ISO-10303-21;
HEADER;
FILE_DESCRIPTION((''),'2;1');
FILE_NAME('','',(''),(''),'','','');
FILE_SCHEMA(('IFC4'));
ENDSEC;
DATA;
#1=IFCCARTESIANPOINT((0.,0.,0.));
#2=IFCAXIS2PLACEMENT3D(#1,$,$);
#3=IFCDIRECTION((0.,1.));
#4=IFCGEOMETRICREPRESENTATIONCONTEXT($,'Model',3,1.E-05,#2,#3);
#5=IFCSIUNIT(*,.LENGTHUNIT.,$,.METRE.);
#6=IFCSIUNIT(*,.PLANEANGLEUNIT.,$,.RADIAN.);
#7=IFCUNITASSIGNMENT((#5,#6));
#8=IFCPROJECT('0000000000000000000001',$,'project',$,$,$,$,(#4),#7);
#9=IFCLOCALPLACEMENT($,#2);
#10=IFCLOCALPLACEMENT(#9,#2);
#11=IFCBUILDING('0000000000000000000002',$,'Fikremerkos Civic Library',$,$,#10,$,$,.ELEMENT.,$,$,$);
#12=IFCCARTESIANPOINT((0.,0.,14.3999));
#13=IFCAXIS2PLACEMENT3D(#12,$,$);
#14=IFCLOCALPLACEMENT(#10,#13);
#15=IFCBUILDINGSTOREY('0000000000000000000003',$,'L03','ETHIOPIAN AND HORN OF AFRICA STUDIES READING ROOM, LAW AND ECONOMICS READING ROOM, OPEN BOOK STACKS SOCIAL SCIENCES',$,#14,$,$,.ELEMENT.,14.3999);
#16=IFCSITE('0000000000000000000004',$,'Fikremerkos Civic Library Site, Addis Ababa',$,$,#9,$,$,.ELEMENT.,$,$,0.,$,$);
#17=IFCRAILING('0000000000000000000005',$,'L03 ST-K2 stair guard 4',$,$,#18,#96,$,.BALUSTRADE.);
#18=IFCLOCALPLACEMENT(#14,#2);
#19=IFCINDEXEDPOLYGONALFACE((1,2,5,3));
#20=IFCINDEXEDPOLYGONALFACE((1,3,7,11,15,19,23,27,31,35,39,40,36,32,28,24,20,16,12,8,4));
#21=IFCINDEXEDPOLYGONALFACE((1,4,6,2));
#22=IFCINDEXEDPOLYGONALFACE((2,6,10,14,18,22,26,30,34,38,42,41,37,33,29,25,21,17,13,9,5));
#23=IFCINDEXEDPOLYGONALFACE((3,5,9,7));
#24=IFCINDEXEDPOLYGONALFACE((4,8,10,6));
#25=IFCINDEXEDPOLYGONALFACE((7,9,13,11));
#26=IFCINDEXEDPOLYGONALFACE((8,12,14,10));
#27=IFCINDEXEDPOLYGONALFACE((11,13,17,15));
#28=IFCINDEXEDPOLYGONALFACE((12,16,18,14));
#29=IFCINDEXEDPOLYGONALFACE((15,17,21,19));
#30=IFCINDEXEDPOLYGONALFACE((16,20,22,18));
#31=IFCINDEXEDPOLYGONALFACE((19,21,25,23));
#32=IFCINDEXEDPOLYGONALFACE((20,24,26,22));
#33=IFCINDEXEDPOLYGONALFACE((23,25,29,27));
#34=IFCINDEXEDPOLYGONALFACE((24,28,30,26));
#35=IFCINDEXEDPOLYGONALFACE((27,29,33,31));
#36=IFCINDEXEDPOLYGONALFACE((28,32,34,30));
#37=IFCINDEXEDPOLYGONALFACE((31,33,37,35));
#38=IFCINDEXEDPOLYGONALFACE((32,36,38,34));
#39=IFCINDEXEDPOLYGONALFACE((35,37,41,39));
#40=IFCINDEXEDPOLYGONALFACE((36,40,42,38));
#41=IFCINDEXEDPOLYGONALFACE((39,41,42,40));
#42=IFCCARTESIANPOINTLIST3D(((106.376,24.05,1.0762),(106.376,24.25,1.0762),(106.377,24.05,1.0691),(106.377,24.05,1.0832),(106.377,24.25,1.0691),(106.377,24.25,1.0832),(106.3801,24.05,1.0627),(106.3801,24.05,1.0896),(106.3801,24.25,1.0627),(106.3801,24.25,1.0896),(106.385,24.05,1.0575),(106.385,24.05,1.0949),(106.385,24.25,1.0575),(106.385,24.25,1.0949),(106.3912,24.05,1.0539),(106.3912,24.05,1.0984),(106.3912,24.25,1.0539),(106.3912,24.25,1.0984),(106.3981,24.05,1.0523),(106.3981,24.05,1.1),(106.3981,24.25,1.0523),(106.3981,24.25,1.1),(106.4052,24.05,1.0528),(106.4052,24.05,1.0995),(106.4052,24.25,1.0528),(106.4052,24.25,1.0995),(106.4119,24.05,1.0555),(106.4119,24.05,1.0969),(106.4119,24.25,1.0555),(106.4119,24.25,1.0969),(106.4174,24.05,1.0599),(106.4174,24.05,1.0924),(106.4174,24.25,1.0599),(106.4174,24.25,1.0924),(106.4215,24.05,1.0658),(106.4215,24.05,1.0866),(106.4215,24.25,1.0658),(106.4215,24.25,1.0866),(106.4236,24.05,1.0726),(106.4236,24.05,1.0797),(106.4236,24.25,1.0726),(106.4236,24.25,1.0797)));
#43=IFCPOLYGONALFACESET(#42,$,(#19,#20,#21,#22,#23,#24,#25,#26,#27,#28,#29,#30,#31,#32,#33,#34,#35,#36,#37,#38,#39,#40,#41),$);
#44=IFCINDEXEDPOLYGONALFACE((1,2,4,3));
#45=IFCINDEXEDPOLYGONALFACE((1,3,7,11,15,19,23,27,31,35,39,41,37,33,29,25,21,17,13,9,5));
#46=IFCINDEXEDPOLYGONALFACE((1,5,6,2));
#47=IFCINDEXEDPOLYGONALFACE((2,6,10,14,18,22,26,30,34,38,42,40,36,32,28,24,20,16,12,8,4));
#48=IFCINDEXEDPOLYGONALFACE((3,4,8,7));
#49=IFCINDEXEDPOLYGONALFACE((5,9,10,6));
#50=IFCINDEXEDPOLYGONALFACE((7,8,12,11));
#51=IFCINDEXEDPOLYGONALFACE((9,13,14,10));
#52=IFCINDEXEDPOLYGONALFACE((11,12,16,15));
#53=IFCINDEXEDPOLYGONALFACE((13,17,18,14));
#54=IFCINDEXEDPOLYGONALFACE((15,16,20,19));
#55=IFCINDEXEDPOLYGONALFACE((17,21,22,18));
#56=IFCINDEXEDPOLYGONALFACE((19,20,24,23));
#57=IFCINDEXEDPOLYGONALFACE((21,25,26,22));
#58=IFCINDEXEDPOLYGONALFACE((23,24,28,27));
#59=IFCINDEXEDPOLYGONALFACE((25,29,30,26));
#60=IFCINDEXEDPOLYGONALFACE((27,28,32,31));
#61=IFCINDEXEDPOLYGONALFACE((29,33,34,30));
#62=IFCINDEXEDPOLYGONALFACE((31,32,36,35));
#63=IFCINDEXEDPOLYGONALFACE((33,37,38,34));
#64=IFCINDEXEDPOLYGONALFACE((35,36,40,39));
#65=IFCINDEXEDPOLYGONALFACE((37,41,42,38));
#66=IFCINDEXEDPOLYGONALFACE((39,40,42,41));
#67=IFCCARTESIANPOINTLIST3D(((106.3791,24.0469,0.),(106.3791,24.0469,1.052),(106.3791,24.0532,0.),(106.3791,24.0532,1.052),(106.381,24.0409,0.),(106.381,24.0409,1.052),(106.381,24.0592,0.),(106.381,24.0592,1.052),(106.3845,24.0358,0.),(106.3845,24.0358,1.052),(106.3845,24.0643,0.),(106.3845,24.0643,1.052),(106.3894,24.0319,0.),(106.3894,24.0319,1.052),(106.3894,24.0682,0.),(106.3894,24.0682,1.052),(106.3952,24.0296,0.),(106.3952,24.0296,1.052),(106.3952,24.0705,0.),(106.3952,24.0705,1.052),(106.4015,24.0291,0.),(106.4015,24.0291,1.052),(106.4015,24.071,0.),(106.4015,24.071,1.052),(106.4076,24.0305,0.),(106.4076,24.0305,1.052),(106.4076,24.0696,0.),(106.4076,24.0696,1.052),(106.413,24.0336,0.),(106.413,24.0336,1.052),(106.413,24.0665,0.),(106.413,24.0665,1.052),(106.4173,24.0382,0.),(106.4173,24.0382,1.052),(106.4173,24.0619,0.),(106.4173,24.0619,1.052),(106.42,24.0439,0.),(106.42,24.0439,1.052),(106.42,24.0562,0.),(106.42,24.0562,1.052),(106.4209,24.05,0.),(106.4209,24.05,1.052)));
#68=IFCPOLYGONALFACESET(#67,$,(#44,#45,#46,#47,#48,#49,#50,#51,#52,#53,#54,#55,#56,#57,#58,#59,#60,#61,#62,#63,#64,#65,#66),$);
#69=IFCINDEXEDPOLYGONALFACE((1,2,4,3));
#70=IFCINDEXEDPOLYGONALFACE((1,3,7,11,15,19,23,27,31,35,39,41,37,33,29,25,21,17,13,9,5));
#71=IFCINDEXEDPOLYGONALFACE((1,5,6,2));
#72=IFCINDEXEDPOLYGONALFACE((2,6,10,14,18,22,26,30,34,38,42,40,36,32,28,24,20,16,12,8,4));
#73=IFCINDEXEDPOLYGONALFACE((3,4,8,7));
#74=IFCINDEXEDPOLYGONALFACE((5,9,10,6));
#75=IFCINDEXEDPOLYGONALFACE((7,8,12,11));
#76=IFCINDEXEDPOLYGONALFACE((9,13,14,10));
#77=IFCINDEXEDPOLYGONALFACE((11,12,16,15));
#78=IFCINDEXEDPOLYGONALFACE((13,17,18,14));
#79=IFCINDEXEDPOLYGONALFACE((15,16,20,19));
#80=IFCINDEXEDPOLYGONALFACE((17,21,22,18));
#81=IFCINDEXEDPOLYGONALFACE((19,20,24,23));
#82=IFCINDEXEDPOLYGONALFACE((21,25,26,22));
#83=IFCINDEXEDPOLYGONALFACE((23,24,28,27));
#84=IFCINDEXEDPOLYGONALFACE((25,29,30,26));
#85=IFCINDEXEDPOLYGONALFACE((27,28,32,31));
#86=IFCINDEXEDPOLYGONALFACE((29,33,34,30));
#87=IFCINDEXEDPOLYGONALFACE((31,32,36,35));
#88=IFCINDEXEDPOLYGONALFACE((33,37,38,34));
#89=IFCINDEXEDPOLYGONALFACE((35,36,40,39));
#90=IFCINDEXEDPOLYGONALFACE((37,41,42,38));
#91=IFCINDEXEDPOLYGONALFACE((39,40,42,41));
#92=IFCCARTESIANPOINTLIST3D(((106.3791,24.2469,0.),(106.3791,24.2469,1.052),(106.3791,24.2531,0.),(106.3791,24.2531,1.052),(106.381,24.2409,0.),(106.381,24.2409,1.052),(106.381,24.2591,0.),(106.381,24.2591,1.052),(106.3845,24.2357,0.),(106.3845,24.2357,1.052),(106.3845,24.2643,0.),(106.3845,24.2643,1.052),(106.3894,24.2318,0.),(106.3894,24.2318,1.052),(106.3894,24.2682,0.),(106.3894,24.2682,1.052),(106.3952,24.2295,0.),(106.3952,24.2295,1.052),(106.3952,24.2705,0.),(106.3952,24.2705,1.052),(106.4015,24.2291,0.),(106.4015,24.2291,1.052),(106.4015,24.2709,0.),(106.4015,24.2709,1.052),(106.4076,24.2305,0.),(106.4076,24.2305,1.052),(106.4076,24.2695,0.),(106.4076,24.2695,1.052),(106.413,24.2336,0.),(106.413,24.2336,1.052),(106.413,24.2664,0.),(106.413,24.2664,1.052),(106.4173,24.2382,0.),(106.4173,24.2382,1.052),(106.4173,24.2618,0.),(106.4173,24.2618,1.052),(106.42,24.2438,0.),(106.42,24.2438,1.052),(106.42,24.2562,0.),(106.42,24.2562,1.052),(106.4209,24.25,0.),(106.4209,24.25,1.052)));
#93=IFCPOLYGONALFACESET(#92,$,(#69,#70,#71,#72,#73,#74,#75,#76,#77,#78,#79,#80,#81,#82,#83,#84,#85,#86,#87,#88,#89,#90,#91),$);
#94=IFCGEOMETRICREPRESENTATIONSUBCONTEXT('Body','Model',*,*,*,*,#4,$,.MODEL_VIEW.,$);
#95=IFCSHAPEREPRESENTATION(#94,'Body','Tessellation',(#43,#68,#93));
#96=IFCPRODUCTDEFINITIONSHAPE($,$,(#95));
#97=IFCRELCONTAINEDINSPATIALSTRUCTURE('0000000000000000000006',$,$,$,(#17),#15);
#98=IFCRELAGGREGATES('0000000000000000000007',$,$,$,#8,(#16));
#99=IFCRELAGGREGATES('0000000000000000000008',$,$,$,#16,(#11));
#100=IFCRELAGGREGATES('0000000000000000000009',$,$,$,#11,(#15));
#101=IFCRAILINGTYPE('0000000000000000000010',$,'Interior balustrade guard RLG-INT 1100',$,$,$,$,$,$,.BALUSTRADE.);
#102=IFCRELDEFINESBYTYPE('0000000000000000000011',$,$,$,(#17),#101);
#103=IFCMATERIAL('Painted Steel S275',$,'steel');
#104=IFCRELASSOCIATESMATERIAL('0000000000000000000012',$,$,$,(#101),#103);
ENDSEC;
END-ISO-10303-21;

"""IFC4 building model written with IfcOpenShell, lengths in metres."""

from ifc_helpers import new_model, si_unit, direction, frame, origin, origin_2d, place, context, subcontext, project, spatial, circle, extrude, material, type_object, element, save


model = new_model("IFC4")

# Units and contexts
model_context = context("Model", 3, precision=1e-05, world=origin(), true_north=direction((0.0, 1.0)))
body_context = subcontext(model_context, "Body", "Model", "MODEL_VIEW")
ifc_project = project(units=[si_unit("LENGTHUNIT", "METRE"), si_unit("PLANEANGLEUNIT", "RADIAN")], contexts=[model_context])

# Site, building, storey
site_placement = place(None, origin())
site = spatial("IfcSite", under=ifc_project, at=site_placement, Name="Fikremerkos Civic Library Site, Addis Ababa", CompositionType="ELEMENT", RefElevation=0.0)
building_placement = place(site_placement, origin())
building = spatial("IfcBuilding", under=site, at=building_placement, Name="Fikremerkos Civic Library", CompositionType="ELEMENT")
storey_placement = place(building_placement, frame((0.0, 0.0, 14.3999)))
storey = spatial("IfcBuildingStorey", under=building, at=storey_placement, Name="L03", Description="ETHIOPIAN AND HORN OF AFRICA STUDIES READING ROOM, LAW AND ECONOMICS READING ROOM, OPEN BOOK STACKS SOCIAL SCIENCES", CompositionType="ELEMENT", Elevation=14.3999)

# Railing
ifc_material_1 = material(Name="Painted Steel S275", Category="steel")
railing_type_1 = type_object("IfcRailingType", Name="Interior balustrade guard RLG-INT 1100", PredefinedType="BALUSTRADE", material=ifc_material_1)
railing_1_placement = place(storey_placement, frame((106.3999, 24.05, 0.0)))
element("IfcRailing", 1, at=railing_1_placement, inside=storey, type_object=railing_type_1, Name="L03 ST-K2 stair guard 4", PredefinedType="BALUSTRADE", context=body_context, shape_type="SweptSolid", body=[
    extrude(circle(Radius=0.0239, at=origin_2d()), frame((0.0, 0.0, 1.0762), z_axis=(0.0, 1.0, 0.0), x_axis=(-1.0, 0.0, 0.0)), (0.0, 0.0, 1.0), 0.2),
    extrude(circle(Radius=0.021, at=origin_2d()), origin(), (0.0, 0.0, 1.0), 1.052),
    extrude(circle(Radius=0.021, at=origin_2d()), frame((0.0, 0.2, 0.0)), (0.0, 0.0, 1.0), 1.052),
])

save(model, "model.ifc")
